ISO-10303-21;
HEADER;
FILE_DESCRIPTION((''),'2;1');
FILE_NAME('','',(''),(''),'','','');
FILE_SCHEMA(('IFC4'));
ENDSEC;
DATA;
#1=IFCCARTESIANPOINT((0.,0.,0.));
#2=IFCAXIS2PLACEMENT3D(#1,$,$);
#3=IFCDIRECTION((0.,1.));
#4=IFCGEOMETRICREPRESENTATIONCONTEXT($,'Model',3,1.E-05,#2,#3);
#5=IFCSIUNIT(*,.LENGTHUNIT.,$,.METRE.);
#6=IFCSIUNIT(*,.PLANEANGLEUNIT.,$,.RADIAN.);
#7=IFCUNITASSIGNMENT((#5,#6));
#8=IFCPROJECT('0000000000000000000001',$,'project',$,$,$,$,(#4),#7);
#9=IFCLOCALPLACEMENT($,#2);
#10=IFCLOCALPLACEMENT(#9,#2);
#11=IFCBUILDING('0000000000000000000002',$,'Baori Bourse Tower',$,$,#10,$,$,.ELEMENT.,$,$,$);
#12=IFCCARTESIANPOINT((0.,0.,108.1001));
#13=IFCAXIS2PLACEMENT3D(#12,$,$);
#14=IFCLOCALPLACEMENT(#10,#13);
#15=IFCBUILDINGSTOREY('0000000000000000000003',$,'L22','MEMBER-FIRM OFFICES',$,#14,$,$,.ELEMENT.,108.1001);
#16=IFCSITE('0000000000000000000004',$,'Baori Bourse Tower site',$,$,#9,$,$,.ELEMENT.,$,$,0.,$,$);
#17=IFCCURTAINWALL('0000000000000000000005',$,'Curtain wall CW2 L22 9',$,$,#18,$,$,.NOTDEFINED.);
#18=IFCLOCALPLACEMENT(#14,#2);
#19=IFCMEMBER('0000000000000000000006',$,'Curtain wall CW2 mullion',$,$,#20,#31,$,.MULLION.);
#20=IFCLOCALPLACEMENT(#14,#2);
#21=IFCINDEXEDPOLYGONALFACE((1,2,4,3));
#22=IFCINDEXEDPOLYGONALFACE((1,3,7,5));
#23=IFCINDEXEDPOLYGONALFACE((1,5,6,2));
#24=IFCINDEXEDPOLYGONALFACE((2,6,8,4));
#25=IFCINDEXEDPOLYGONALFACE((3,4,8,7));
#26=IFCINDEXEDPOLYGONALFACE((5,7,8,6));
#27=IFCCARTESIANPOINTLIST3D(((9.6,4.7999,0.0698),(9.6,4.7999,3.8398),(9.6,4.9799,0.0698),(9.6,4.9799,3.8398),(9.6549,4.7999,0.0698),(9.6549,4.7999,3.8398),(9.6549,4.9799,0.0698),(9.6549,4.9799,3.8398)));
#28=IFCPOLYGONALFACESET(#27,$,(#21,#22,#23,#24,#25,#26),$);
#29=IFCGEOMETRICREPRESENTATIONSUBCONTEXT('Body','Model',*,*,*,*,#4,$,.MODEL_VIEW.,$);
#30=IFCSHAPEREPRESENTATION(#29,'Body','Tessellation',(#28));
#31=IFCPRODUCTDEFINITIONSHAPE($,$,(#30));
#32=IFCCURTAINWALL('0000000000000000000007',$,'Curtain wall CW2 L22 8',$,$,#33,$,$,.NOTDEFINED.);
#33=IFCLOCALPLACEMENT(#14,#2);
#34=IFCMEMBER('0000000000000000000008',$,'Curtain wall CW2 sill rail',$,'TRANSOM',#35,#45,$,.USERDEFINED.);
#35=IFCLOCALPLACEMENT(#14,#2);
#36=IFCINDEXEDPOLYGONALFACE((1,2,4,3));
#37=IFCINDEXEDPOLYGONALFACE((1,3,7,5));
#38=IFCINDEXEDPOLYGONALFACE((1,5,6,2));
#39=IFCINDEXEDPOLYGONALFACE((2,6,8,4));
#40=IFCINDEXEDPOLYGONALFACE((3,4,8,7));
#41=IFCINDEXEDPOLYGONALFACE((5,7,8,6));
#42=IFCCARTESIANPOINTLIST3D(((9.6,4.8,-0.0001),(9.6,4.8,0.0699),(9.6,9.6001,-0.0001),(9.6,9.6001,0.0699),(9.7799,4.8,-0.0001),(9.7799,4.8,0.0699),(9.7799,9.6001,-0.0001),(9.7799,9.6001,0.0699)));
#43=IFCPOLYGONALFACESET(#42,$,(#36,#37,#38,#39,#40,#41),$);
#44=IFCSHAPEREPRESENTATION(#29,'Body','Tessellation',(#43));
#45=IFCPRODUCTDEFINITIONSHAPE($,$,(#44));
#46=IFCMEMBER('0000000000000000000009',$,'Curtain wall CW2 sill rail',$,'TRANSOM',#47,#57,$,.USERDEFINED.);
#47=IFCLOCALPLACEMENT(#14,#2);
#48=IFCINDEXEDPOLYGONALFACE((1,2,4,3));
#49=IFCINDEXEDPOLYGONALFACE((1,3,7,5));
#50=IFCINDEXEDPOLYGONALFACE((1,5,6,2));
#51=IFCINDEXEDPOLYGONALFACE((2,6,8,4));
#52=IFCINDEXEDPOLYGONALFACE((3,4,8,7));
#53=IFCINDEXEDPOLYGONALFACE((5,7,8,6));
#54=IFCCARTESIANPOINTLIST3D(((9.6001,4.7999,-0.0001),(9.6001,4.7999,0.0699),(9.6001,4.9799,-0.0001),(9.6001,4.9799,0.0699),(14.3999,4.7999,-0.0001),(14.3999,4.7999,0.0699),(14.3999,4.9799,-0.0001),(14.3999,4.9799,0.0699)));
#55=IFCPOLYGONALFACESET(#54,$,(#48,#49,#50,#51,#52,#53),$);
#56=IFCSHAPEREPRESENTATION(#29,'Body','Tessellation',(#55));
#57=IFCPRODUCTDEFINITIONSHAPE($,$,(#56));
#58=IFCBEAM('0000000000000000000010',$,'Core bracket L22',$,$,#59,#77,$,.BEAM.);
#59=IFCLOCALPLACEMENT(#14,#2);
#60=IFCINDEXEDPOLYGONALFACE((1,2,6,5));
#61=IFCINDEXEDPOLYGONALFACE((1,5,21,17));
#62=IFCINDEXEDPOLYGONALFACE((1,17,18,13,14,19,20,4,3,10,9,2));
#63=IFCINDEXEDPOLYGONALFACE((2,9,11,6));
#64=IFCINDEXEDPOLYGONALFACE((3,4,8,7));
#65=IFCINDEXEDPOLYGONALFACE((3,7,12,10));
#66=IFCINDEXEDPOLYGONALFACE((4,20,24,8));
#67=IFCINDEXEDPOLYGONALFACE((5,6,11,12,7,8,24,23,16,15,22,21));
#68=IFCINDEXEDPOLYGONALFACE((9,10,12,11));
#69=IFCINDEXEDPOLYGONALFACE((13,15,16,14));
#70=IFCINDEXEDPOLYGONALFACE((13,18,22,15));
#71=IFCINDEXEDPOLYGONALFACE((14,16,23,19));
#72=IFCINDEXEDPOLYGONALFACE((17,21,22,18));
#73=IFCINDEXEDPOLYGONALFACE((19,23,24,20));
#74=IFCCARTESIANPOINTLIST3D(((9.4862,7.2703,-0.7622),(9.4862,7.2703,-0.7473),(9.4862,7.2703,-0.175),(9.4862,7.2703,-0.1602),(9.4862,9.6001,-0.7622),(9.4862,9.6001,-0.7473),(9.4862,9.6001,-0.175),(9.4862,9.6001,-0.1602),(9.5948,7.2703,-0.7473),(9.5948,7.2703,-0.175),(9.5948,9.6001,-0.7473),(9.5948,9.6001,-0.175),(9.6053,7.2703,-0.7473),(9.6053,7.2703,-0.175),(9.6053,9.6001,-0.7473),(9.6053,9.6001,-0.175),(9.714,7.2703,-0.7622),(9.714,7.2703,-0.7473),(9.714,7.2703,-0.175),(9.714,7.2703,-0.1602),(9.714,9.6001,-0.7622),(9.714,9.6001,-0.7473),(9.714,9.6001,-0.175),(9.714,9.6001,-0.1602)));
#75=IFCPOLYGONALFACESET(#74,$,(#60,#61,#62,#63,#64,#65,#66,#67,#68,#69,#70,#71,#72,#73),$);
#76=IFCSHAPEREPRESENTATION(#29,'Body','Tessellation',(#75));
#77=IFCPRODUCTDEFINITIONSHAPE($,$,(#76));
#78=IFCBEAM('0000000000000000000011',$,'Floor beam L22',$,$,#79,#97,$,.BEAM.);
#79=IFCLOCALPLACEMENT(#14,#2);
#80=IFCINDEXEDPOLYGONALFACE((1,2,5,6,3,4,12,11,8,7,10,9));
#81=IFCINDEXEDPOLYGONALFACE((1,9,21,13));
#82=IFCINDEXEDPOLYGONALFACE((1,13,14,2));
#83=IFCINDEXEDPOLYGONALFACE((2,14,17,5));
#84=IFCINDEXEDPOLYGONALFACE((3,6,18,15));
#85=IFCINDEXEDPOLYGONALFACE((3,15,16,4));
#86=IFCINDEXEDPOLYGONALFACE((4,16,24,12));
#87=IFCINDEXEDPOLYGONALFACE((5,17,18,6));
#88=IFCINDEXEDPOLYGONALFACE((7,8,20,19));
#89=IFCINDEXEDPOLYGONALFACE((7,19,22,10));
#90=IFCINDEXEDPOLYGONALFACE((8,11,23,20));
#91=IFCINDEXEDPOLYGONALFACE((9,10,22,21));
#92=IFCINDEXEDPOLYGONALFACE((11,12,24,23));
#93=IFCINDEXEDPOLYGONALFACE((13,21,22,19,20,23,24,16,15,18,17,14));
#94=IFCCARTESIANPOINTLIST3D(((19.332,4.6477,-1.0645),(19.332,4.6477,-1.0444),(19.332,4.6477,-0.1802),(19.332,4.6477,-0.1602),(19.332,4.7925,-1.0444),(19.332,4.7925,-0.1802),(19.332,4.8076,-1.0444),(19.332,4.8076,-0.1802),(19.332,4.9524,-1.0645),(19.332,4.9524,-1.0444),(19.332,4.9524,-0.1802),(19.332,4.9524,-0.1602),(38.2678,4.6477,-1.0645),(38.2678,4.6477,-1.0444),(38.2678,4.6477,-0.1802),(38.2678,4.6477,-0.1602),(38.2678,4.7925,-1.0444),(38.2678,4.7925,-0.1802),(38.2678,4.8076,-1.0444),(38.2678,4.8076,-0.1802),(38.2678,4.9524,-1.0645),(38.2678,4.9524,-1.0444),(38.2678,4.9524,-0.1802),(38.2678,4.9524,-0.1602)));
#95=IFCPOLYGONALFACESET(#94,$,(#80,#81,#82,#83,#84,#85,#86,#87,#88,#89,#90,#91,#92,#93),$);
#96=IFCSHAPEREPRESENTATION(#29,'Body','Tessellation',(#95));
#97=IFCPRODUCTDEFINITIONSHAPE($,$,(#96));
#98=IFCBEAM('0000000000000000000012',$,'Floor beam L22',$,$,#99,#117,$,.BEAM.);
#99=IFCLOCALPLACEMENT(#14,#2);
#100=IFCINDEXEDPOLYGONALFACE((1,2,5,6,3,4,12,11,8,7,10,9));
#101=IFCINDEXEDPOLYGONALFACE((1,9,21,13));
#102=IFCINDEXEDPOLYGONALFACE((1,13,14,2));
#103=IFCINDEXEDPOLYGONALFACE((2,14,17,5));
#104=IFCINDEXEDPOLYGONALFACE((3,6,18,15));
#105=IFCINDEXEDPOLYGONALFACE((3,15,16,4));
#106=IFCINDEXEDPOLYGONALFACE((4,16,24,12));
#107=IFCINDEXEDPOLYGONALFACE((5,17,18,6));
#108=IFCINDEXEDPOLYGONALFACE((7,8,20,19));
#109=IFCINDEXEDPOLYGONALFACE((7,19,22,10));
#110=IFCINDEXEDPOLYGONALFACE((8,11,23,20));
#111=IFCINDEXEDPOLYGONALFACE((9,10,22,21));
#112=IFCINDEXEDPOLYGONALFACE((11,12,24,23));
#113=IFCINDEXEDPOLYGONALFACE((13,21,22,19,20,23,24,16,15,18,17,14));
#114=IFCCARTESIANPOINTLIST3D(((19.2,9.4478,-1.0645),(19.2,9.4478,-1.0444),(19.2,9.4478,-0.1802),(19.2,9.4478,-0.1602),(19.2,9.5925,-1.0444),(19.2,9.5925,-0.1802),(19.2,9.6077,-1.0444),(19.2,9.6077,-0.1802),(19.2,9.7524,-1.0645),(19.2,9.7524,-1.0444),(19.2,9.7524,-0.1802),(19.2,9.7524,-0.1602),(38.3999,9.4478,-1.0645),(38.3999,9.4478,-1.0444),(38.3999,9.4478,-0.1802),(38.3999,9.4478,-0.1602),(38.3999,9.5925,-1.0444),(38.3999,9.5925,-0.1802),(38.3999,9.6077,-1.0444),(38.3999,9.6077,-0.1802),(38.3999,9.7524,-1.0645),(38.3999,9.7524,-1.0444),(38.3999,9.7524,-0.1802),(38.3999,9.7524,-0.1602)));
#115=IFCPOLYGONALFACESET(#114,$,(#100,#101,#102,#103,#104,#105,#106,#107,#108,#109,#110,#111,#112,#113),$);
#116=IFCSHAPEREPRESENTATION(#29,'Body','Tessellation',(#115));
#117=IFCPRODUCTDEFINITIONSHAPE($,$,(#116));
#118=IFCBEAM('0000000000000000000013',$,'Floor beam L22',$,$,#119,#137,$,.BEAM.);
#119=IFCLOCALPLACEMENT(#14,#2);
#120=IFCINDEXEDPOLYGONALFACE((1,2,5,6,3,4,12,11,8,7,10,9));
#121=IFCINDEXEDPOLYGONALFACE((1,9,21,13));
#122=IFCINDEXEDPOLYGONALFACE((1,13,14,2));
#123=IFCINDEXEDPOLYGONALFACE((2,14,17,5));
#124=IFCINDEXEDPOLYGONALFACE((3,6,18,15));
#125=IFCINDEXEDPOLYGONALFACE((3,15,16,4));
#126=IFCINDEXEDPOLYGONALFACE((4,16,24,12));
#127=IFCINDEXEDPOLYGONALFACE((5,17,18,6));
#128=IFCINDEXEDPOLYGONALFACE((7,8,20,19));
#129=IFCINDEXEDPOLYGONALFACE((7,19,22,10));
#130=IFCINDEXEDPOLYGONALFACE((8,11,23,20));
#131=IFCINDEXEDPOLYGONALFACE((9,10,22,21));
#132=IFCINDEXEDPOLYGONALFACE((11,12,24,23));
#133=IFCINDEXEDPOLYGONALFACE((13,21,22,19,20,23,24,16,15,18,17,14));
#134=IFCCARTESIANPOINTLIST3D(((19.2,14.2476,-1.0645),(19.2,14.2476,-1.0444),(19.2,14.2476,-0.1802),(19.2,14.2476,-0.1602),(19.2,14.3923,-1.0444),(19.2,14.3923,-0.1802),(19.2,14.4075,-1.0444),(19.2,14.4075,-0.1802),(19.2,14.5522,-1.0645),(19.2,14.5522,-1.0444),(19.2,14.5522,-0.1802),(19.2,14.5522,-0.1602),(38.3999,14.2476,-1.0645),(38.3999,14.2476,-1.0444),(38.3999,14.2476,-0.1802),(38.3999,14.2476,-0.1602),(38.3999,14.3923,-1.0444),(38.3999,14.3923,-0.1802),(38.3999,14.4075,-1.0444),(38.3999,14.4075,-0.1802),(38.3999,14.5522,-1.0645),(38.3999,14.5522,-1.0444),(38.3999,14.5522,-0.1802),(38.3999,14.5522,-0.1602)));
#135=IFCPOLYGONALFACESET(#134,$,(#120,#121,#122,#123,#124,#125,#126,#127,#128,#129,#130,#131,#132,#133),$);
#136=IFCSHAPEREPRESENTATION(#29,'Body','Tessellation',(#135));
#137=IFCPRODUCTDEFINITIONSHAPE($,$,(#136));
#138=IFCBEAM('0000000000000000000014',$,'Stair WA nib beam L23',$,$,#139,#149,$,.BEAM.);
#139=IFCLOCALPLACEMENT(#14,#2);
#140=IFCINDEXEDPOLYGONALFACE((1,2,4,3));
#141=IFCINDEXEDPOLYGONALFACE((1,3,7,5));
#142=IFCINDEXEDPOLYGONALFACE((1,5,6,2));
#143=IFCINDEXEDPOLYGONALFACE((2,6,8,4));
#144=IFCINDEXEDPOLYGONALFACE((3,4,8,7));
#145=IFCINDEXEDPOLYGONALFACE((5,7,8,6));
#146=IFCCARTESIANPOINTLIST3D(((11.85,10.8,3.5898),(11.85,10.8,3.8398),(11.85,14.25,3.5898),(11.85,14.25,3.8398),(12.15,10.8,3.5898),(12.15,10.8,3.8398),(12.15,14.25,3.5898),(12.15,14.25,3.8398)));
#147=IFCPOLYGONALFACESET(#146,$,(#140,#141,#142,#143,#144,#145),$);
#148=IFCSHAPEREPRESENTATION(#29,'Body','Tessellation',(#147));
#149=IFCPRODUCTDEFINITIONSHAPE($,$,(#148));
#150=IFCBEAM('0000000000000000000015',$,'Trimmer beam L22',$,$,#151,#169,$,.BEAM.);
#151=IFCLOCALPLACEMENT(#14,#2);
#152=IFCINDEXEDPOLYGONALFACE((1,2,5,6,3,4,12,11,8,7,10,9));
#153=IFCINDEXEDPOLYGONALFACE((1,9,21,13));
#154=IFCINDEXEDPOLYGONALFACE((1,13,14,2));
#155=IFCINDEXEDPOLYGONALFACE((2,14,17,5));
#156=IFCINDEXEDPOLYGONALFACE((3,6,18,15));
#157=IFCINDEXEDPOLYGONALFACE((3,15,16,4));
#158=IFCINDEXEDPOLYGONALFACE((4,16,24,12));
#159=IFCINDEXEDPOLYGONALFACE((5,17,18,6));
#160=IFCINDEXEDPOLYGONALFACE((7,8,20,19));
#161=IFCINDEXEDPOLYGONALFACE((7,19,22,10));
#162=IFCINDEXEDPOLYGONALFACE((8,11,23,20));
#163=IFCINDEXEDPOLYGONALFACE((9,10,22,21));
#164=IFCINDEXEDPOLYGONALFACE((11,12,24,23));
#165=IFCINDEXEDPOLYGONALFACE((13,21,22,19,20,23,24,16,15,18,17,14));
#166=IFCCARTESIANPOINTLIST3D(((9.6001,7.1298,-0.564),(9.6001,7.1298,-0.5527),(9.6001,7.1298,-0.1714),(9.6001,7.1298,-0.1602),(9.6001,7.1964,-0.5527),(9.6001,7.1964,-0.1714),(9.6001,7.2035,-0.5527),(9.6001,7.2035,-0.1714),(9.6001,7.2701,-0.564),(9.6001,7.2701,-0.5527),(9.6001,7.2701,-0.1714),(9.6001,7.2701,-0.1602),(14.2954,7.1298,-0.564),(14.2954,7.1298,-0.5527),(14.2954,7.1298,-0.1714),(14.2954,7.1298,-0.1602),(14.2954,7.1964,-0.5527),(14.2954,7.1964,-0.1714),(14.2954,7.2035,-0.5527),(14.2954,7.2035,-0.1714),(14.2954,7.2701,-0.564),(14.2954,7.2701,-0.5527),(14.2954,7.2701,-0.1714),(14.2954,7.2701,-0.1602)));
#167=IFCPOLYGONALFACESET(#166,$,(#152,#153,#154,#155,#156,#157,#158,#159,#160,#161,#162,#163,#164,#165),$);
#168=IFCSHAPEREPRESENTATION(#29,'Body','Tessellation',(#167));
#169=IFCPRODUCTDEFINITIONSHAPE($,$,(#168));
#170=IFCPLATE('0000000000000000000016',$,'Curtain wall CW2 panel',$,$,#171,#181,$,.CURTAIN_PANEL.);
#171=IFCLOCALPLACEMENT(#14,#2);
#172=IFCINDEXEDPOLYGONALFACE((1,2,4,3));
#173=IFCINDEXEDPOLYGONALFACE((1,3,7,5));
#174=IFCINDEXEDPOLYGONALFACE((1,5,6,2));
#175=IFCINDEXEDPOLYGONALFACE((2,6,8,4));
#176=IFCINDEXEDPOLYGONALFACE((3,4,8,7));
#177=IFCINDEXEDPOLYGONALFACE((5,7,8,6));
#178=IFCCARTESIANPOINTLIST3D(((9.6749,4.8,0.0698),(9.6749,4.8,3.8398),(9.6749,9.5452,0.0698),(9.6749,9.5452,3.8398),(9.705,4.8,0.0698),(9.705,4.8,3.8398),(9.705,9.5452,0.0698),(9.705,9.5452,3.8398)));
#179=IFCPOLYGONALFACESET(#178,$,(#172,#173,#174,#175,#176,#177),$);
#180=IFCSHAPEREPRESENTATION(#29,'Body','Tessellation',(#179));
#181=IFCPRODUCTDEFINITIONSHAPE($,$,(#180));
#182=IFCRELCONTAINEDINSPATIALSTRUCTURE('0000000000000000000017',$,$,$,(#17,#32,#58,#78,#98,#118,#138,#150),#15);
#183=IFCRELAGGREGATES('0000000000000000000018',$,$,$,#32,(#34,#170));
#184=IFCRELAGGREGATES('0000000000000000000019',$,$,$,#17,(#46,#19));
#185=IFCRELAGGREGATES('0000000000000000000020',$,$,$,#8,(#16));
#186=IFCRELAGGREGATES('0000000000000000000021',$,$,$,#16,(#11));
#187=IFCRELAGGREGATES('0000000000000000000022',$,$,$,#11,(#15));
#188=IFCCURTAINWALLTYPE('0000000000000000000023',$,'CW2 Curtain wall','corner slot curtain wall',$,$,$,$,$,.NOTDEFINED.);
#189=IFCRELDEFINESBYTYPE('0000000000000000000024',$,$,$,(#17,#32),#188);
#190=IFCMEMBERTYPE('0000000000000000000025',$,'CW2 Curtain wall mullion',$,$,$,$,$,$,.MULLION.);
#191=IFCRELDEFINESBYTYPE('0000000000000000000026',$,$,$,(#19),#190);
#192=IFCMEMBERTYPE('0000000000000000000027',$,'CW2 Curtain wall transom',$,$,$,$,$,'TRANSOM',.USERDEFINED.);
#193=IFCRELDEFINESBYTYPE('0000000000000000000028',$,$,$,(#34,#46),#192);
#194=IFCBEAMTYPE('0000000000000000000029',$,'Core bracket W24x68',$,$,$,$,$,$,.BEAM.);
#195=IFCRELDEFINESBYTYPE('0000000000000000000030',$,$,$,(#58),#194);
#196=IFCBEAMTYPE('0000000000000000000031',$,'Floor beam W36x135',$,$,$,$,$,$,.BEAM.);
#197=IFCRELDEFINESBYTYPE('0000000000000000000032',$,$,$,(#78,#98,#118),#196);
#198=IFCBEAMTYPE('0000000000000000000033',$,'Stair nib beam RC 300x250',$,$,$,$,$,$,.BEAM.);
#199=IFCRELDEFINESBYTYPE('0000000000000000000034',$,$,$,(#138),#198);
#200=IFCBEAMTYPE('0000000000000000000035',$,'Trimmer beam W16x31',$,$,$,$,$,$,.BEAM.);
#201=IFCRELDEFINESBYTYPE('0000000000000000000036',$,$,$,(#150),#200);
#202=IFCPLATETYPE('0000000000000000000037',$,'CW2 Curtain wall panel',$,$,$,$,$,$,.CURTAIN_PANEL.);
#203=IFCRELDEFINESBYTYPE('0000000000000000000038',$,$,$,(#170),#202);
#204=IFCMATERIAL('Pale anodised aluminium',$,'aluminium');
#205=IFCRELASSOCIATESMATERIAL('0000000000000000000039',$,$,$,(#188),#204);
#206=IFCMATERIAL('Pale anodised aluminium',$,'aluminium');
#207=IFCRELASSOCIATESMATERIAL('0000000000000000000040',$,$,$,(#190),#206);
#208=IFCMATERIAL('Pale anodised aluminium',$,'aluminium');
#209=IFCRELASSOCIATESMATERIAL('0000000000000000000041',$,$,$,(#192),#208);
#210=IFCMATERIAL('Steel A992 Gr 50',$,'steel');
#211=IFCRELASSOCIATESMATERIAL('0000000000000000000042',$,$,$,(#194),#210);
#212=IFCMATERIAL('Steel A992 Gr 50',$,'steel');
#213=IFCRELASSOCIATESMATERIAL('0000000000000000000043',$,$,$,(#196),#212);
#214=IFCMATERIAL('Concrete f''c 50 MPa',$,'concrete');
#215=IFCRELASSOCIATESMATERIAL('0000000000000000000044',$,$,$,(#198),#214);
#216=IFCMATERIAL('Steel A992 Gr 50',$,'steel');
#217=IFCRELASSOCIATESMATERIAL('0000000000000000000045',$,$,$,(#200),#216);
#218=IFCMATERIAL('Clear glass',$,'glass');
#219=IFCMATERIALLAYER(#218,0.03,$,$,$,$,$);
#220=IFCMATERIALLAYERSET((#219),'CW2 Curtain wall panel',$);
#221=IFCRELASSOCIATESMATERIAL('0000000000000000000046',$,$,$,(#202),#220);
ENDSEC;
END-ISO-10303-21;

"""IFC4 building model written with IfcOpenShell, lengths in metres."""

from ifc_helpers import new_model, si_unit, direction, frame, origin, origin_2d, place, context, subcontext, project, spatial, rectangle, i_section, extrude, material, layer, layer_set, material_profile, profile_set, type_object, element, aggregate, save


model = new_model("IFC4")

# Units and contexts
model_context = context("Model", 3, precision=1e-05, world=origin(), true_north=direction((0.0, 1.0)))
body_context = subcontext(model_context, "Body", "Model", "MODEL_VIEW")
ifc_project = project(units=[si_unit("LENGTHUNIT", "METRE"), si_unit("PLANEANGLEUNIT", "RADIAN")], contexts=[model_context])

# Site, building, storey
site_placement = place(None, origin())
site = spatial("IfcSite", under=ifc_project, at=site_placement, Name="Baori Bourse Tower site", CompositionType="ELEMENT", RefElevation=0.0)
building_placement = place(site_placement, origin())
building = spatial("IfcBuilding", under=site, at=building_placement, Name="Baori Bourse Tower", CompositionType="ELEMENT")
storey_placement = place(building_placement, frame((0.0, 0.0, 108.1001)))
storey = spatial("IfcBuildingStorey", under=building, at=storey_placement, Name="L22", Description="MEMBER-FIRM OFFICES", CompositionType="ELEMENT", Elevation=108.1001)

# Curtain walls, members
ifc_material_1 = material(Name="Pale anodised aluminium", Category="aluminium")
curtain_wall_type = type_object("IfcCurtainWallType", Name="CW2 Curtain wall", Description="corner slot curtain wall", PredefinedType="NOTDEFINED", material=ifc_material_1)
curtain_wall_1_placement = place(storey_placement, origin())
curtain_wall_1 = element("IfcCurtainWall", 1, at=curtain_wall_1_placement, inside=storey, type_object=curtain_wall_type, Name="Curtain wall CW2 L22 9", PredefinedType="NOTDEFINED")
ifc_material_2 = material(Name="Pale anodised aluminium", Category="aluminium")
ifc_material_profile_1 = material_profile(ifc_material_2, rectangle(XDim=0.1799, YDim=0.0549, at=origin_2d()), Name="Mullion 55x180")
ifc_profile_set_1 = profile_set([ifc_material_profile_1], Name="Pale anodised aluminium")
member_type_1 = type_object("IfcMemberType", Name="CW2 Curtain wall mullion", PredefinedType="MULLION", material=ifc_profile_set_1)
member_1_placement = place(storey_placement, frame((9.6274, 4.8899, 0.0698), z_axis=(0.0, 0.0, 1.0), x_axis=(0.0, 1.0, 0.0)))
member_1 = element("IfcMember", 2, at=member_1_placement, type_object=member_type_1, Name="Curtain wall CW2 mullion", PredefinedType="MULLION", context=body_context, shape_type="SweptSolid", body=[
    extrude(rectangle(XDim=0.1799, YDim=0.0549, at=origin_2d()), origin(), (0.0, 0.0, 1.0), 3.77),
])
curtain_wall_2_placement = place(storey_placement, origin())
curtain_wall_2 = element("IfcCurtainWall", 3, at=curtain_wall_2_placement, inside=storey, type_object=curtain_wall_type, Name="Curtain wall CW2 L22 8", PredefinedType="NOTDEFINED")
ifc_material_3 = material(Name="Pale anodised aluminium", Category="aluminium")
ifc_material_profile_2 = material_profile(ifc_material_3, rectangle(XDim=0.1799, YDim=0.0701, at=origin_2d()), Name="Transom 70x180")
ifc_profile_set_2 = profile_set([ifc_material_profile_2], Name="Pale anodised aluminium")
member_type_2 = type_object("IfcMemberType", Name="CW2 Curtain wall transom", ElementType="TRANSOM", PredefinedType="USERDEFINED", material=ifc_profile_set_2)
member_2_placement = place(storey_placement, frame((9.6899, 9.6001, 0.0349), z_axis=(0.0, -1.0, 0.0), x_axis=(1.0, 0.0, 0.0)))
member_2 = element("IfcMember", 4, at=member_2_placement, type_object=member_type_2, Name="Curtain wall CW2 sill rail", ObjectType="TRANSOM", PredefinedType="USERDEFINED", context=body_context, shape_type="SweptSolid", body=[
    extrude(rectangle(XDim=0.1799, YDim=0.0701, at=origin_2d()), origin(), (0.0, 0.0, 1.0), 4.8),
])

# Member
member_3_placement = place(storey_placement, frame((9.6001, 4.8899, 0.0349), z_axis=(1.0, 0.0, 0.0), x_axis=(0.0, 1.0, 0.0)))
member_3 = element("IfcMember", 5, at=member_3_placement, type_object=member_type_2, Name="Curtain wall CW2 sill rail", ObjectType="TRANSOM", PredefinedType="USERDEFINED", context=body_context, shape_type="SweptSolid", body=[
    extrude(rectangle(XDim=0.1799, YDim=0.0701, at=origin_2d()), origin(), (0.0, 0.0, 1.0), 4.7998),
])

# Beams
ifc_material_4 = material(Name="Steel A992 Gr 50", Category="steel")
ifc_material_profile_3 = material_profile(ifc_material_4, i_section(OverallWidth=0.2278, OverallDepth=0.6021, WebThickness=0.0105, FlangeThickness=0.0149, at=origin_2d()), Name="W24x68")
ifc_profile_set_3 = profile_set([ifc_material_profile_3], Name="Steel A992 Gr 50")
beam_type_1 = type_object("IfcBeamType", Name="Core bracket W24x68", PredefinedType="BEAM", material=ifc_profile_set_3)
beam_1_placement = place(storey_placement, frame((9.6001, 7.2703, -0.4612), z_axis=(0.0, 1.0, 0.0), x_axis=(-1.0, 0.0, 0.0)))
element("IfcBeam", 6, at=beam_1_placement, inside=storey, type_object=beam_type_1, Name="Core bracket L22", PredefinedType="BEAM", context=body_context, shape_type="SweptSolid", body=[
    extrude(i_section(OverallWidth=0.2278, OverallDepth=0.6021, WebThickness=0.0105, FlangeThickness=0.0149, at=origin_2d()), origin(), (0.0, 0.0, 1.0), 2.3298),
])
ifc_material_5 = material(Name="Steel A992 Gr 50", Category="steel")
ifc_material_profile_4 = material_profile(ifc_material_5, i_section(OverallWidth=0.3047, OverallDepth=0.9043, WebThickness=0.0151, FlangeThickness=0.02, at=origin_2d()), Name="W36x135")
ifc_profile_set_4 = profile_set([ifc_material_profile_4], Name="Steel A992 Gr 50")
beam_type_2 = type_object("IfcBeamType", Name="Floor beam W36x135", PredefinedType="BEAM", material=ifc_profile_set_4)
beam_2_placement = place(storey_placement, frame((19.332, 4.8, -0.6123), z_axis=(1.0, 0.0, 0.0), x_axis=(0.0, 1.0, 0.0)))
element("IfcBeam", 7, at=beam_2_placement, inside=storey, type_object=beam_type_2, Name="Floor beam L22", PredefinedType="BEAM", context=body_context, shape_type="SweptSolid", body=[
    extrude(i_section(OverallWidth=0.3047, OverallDepth=0.9043, WebThickness=0.0151, FlangeThickness=0.02, at=origin_2d()), origin(), (0.0, 0.0, 1.0), 18.9358),
])
for number, where, z_axis, x_axis, name in (
    (8, (19.2, 9.6001, -0.6123), (1.0, 0.0, 0.0), (0.0, 1.0, 0.0), "Floor beam L22"),
    (9, (19.2, 14.3999, -0.6123), (1.0, 0.0, 0.0), (0.0, 1.0, 0.0), "Floor beam L22"),
):
    element("IfcBeam", number, at=place(storey_placement, frame(where, z_axis=z_axis, x_axis=x_axis)), inside=storey, type_object=beam_type_2, Name=name, PredefinedType="BEAM", context=body_context, shape_type="SweptSolid", body=[
        extrude(i_section(OverallWidth=0.3047, OverallDepth=0.9043, WebThickness=0.0151, FlangeThickness=0.02, at=origin_2d()), origin(), (0.0, 0.0, 1.0), 19.2),
    ])
ifc_material_6 = material(Name="Concrete f'c 50 MPa", Category="concrete")
ifc_material_profile_5 = material_profile(ifc_material_6, rectangle(XDim=0.3, YDim=0.25, at=origin_2d()), Name="RC 300x250")
ifc_profile_set_5 = profile_set([ifc_material_profile_5], Name="Concrete f'c 50 MPa")
beam_type_3 = type_object("IfcBeamType", Name="Stair nib beam RC 300x250", PredefinedType="BEAM", material=ifc_profile_set_5)
beam_3_placement = place(storey_placement, frame((12.0, 10.8, 3.7148), z_axis=(0.0, 1.0, 0.0), x_axis=(-1.0, 0.0, 0.0)))
element("IfcBeam", 10, at=beam_3_placement, inside=storey, type_object=beam_type_3, Name="Stair WA nib beam L23", PredefinedType="BEAM", context=body_context, shape_type="SweptSolid", body=[
    extrude(rectangle(XDim=0.3, YDim=0.25, at=origin_2d()), origin(), (0.0, 0.0, 1.0), 3.45),
])
ifc_material_7 = material(Name="Steel A992 Gr 50", Category="steel")
ifc_material_profile_6 = material_profile(ifc_material_7, i_section(OverallWidth=0.1404, OverallDepth=0.4038, WebThickness=0.0071, FlangeThickness=0.0112, at=origin_2d()), Name="W16x31")
ifc_profile_set_6 = profile_set([ifc_material_profile_6], Name="Steel A992 Gr 50")
beam_type_4 = type_object("IfcBeamType", Name="Trimmer beam W16x31", PredefinedType="BEAM", material=ifc_profile_set_6)
beam_4_placement = place(storey_placement, frame((9.6001, 7.2, -0.3621), z_axis=(1.0, 0.0, 0.0), x_axis=(0.0, 1.0, 0.0)))
element("IfcBeam", 11, at=beam_4_placement, inside=storey, type_object=beam_type_4, Name="Trimmer beam L22", PredefinedType="BEAM", context=body_context, shape_type="SweptSolid", body=[
    extrude(i_section(OverallWidth=0.1404, OverallDepth=0.4038, WebThickness=0.0071, FlangeThickness=0.0112, at=origin_2d()), origin(), (0.0, 0.0, 1.0), 4.6953),
])

# Plate
ifc_material_8 = material(Name="Clear glass", Category="glass")
ifc_layer_1 = layer(ifc_material_8, 0.03)
ifc_layer_set_1 = layer_set([ifc_layer_1], Name="CW2 Curtain wall panel")
plate_type = type_object("IfcPlateType", Name="CW2 Curtain wall panel", PredefinedType="CURTAIN_PANEL", material=ifc_layer_set_1)
plate_1_placement = place(storey_placement, frame((9.6899, 7.1726, 0.0698), z_axis=(0.0, 0.0, 1.0), x_axis=(0.0, -1.0, 0.0)))
plate_1 = element("IfcPlate", 12, at=plate_1_placement, type_object=plate_type, Name="Curtain wall CW2 panel", PredefinedType="CURTAIN_PANEL", context=body_context, shape_type="SweptSolid", body=[
    extrude(rectangle(XDim=4.7451, YDim=0.03, at=origin_2d()), origin(), (0.0, 0.0, 1.0), 3.77),
])
aggregate(curtain_wall_2, [member_2, plate_1])
aggregate(curtain_wall_1, [member_3, member_1])

save(model, "model.ifc")
